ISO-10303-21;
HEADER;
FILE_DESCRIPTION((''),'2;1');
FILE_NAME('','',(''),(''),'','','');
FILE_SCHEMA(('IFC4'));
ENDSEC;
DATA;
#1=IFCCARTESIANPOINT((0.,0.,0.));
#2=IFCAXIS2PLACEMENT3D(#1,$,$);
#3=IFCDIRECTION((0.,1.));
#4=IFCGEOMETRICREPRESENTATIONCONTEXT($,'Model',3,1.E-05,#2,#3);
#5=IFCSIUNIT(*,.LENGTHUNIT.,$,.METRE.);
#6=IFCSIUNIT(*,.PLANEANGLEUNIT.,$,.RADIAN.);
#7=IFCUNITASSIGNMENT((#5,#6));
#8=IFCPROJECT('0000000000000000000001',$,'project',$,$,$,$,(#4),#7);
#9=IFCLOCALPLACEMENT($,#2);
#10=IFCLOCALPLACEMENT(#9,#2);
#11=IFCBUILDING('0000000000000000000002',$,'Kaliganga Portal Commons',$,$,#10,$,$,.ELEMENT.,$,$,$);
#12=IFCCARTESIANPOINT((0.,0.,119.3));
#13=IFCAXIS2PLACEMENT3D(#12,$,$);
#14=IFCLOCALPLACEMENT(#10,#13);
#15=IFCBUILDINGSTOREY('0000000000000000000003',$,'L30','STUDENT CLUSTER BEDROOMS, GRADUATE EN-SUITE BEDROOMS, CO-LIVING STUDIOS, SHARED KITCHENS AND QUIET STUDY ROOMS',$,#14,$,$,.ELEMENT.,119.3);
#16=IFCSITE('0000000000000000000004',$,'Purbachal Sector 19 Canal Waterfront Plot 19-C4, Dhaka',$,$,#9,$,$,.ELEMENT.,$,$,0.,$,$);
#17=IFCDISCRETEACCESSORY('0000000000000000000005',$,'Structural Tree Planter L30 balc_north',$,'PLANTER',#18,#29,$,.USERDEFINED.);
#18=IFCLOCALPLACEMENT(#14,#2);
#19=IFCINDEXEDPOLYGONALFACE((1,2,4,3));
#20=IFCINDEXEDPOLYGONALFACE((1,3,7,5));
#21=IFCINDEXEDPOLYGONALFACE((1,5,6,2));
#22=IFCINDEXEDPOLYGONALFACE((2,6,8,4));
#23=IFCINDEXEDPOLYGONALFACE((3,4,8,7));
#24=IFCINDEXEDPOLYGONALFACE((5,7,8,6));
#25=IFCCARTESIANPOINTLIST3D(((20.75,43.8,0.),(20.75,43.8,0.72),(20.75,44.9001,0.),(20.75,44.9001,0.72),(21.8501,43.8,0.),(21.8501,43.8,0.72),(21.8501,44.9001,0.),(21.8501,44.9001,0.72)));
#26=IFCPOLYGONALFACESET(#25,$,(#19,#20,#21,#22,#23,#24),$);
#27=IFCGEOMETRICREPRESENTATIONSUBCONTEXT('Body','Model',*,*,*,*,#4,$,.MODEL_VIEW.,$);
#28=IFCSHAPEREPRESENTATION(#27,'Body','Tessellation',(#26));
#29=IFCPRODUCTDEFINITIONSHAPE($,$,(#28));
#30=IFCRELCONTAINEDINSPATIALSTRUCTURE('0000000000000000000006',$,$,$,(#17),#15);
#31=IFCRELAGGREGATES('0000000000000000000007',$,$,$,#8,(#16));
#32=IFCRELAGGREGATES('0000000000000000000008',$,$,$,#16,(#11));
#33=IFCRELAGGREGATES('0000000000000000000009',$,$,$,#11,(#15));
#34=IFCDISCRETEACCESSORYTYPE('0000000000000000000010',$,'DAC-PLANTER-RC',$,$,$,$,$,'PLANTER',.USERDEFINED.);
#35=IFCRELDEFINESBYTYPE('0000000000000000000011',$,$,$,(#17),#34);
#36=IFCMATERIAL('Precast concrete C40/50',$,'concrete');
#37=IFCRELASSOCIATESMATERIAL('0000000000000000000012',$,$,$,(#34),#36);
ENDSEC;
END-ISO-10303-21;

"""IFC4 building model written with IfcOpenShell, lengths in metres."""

from ifc_helpers import new_model, si_unit, direction, frame, origin, origin_2d, place, context, subcontext, project, spatial, rectangle, extrude, source, transform, mapped, material, type_object, element, save


model = new_model("IFC4")

# Units and contexts
model_context = context("Model", 3, precision=1e-05, world=origin(), true_north=direction((0.0, 1.0)))
body_context = subcontext(model_context, "Body", "Model", "MODEL_VIEW")
ifc_project = project(units=[si_unit("LENGTHUNIT", "METRE"), si_unit("PLANEANGLEUNIT", "RADIAN")], contexts=[model_context])

# Site, building, storey
site_placement = place(None, origin())
site = spatial("IfcSite", under=ifc_project, at=site_placement, Name="Purbachal Sector 19 Canal Waterfront Plot 19-C4, Dhaka", CompositionType="ELEMENT", RefElevation=0.0)
building_placement = place(site_placement, origin())
building = spatial("IfcBuilding", under=site, at=building_placement, Name="Kaliganga Portal Commons", CompositionType="ELEMENT")
storey_placement = place(building_placement, frame((0.0, 0.0, 119.3)))
storey = spatial("IfcBuildingStorey", under=building, at=storey_placement, Name="L30", Description="STUDENT CLUSTER BEDROOMS, GRADUATE EN-SUITE BEDROOMS, CO-LIVING STUDIOS, SHARED KITCHENS AND QUIET STUDY ROOMS", CompositionType="ELEMENT", Elevation=119.3)

# Discrete accessory
ifc_material_1 = material(Name="Precast concrete C40/50", Category="concrete")
discrete_accessory_type = type_object("IfcDiscreteAccessoryType", Name="DAC-PLANTER-RC", ElementType="PLANTER", PredefinedType="USERDEFINED", material=ifc_material_1)
shared_shape_1 = source(origin(), body_context, "Body", "SweptSolid", [
    extrude(rectangle(XDim=1.1001, YDim=1.1001, at=origin_2d()), origin(), (0.0, 0.0, 1.0), 0.72),
])
discrete_accessory_placement = place(storey_placement, frame((21.3, 44.3501, 0.0), z_axis=(0.0, 0.0, 1.0), x_axis=(1.0, 0.0, 0.0)))
element("IfcDiscreteAccessory", 1, at=discrete_accessory_placement, inside=storey, type_object=discrete_accessory_type, Name="Structural Tree Planter L30 balc_north", ObjectType="PLANTER", PredefinedType="USERDEFINED", context=body_context, shape_type="MappedRepresentation", body=[
    mapped(shared_shape_1, transform((0.0, 0.0, 0.0), x_axis=(1.0, 0.0, 0.0), y_axis=(0.0, 1.0, 0.0), z_axis=(0.0, 0.0, 1.0), scale=1.0)),
])

save(model, "model.ifc")
